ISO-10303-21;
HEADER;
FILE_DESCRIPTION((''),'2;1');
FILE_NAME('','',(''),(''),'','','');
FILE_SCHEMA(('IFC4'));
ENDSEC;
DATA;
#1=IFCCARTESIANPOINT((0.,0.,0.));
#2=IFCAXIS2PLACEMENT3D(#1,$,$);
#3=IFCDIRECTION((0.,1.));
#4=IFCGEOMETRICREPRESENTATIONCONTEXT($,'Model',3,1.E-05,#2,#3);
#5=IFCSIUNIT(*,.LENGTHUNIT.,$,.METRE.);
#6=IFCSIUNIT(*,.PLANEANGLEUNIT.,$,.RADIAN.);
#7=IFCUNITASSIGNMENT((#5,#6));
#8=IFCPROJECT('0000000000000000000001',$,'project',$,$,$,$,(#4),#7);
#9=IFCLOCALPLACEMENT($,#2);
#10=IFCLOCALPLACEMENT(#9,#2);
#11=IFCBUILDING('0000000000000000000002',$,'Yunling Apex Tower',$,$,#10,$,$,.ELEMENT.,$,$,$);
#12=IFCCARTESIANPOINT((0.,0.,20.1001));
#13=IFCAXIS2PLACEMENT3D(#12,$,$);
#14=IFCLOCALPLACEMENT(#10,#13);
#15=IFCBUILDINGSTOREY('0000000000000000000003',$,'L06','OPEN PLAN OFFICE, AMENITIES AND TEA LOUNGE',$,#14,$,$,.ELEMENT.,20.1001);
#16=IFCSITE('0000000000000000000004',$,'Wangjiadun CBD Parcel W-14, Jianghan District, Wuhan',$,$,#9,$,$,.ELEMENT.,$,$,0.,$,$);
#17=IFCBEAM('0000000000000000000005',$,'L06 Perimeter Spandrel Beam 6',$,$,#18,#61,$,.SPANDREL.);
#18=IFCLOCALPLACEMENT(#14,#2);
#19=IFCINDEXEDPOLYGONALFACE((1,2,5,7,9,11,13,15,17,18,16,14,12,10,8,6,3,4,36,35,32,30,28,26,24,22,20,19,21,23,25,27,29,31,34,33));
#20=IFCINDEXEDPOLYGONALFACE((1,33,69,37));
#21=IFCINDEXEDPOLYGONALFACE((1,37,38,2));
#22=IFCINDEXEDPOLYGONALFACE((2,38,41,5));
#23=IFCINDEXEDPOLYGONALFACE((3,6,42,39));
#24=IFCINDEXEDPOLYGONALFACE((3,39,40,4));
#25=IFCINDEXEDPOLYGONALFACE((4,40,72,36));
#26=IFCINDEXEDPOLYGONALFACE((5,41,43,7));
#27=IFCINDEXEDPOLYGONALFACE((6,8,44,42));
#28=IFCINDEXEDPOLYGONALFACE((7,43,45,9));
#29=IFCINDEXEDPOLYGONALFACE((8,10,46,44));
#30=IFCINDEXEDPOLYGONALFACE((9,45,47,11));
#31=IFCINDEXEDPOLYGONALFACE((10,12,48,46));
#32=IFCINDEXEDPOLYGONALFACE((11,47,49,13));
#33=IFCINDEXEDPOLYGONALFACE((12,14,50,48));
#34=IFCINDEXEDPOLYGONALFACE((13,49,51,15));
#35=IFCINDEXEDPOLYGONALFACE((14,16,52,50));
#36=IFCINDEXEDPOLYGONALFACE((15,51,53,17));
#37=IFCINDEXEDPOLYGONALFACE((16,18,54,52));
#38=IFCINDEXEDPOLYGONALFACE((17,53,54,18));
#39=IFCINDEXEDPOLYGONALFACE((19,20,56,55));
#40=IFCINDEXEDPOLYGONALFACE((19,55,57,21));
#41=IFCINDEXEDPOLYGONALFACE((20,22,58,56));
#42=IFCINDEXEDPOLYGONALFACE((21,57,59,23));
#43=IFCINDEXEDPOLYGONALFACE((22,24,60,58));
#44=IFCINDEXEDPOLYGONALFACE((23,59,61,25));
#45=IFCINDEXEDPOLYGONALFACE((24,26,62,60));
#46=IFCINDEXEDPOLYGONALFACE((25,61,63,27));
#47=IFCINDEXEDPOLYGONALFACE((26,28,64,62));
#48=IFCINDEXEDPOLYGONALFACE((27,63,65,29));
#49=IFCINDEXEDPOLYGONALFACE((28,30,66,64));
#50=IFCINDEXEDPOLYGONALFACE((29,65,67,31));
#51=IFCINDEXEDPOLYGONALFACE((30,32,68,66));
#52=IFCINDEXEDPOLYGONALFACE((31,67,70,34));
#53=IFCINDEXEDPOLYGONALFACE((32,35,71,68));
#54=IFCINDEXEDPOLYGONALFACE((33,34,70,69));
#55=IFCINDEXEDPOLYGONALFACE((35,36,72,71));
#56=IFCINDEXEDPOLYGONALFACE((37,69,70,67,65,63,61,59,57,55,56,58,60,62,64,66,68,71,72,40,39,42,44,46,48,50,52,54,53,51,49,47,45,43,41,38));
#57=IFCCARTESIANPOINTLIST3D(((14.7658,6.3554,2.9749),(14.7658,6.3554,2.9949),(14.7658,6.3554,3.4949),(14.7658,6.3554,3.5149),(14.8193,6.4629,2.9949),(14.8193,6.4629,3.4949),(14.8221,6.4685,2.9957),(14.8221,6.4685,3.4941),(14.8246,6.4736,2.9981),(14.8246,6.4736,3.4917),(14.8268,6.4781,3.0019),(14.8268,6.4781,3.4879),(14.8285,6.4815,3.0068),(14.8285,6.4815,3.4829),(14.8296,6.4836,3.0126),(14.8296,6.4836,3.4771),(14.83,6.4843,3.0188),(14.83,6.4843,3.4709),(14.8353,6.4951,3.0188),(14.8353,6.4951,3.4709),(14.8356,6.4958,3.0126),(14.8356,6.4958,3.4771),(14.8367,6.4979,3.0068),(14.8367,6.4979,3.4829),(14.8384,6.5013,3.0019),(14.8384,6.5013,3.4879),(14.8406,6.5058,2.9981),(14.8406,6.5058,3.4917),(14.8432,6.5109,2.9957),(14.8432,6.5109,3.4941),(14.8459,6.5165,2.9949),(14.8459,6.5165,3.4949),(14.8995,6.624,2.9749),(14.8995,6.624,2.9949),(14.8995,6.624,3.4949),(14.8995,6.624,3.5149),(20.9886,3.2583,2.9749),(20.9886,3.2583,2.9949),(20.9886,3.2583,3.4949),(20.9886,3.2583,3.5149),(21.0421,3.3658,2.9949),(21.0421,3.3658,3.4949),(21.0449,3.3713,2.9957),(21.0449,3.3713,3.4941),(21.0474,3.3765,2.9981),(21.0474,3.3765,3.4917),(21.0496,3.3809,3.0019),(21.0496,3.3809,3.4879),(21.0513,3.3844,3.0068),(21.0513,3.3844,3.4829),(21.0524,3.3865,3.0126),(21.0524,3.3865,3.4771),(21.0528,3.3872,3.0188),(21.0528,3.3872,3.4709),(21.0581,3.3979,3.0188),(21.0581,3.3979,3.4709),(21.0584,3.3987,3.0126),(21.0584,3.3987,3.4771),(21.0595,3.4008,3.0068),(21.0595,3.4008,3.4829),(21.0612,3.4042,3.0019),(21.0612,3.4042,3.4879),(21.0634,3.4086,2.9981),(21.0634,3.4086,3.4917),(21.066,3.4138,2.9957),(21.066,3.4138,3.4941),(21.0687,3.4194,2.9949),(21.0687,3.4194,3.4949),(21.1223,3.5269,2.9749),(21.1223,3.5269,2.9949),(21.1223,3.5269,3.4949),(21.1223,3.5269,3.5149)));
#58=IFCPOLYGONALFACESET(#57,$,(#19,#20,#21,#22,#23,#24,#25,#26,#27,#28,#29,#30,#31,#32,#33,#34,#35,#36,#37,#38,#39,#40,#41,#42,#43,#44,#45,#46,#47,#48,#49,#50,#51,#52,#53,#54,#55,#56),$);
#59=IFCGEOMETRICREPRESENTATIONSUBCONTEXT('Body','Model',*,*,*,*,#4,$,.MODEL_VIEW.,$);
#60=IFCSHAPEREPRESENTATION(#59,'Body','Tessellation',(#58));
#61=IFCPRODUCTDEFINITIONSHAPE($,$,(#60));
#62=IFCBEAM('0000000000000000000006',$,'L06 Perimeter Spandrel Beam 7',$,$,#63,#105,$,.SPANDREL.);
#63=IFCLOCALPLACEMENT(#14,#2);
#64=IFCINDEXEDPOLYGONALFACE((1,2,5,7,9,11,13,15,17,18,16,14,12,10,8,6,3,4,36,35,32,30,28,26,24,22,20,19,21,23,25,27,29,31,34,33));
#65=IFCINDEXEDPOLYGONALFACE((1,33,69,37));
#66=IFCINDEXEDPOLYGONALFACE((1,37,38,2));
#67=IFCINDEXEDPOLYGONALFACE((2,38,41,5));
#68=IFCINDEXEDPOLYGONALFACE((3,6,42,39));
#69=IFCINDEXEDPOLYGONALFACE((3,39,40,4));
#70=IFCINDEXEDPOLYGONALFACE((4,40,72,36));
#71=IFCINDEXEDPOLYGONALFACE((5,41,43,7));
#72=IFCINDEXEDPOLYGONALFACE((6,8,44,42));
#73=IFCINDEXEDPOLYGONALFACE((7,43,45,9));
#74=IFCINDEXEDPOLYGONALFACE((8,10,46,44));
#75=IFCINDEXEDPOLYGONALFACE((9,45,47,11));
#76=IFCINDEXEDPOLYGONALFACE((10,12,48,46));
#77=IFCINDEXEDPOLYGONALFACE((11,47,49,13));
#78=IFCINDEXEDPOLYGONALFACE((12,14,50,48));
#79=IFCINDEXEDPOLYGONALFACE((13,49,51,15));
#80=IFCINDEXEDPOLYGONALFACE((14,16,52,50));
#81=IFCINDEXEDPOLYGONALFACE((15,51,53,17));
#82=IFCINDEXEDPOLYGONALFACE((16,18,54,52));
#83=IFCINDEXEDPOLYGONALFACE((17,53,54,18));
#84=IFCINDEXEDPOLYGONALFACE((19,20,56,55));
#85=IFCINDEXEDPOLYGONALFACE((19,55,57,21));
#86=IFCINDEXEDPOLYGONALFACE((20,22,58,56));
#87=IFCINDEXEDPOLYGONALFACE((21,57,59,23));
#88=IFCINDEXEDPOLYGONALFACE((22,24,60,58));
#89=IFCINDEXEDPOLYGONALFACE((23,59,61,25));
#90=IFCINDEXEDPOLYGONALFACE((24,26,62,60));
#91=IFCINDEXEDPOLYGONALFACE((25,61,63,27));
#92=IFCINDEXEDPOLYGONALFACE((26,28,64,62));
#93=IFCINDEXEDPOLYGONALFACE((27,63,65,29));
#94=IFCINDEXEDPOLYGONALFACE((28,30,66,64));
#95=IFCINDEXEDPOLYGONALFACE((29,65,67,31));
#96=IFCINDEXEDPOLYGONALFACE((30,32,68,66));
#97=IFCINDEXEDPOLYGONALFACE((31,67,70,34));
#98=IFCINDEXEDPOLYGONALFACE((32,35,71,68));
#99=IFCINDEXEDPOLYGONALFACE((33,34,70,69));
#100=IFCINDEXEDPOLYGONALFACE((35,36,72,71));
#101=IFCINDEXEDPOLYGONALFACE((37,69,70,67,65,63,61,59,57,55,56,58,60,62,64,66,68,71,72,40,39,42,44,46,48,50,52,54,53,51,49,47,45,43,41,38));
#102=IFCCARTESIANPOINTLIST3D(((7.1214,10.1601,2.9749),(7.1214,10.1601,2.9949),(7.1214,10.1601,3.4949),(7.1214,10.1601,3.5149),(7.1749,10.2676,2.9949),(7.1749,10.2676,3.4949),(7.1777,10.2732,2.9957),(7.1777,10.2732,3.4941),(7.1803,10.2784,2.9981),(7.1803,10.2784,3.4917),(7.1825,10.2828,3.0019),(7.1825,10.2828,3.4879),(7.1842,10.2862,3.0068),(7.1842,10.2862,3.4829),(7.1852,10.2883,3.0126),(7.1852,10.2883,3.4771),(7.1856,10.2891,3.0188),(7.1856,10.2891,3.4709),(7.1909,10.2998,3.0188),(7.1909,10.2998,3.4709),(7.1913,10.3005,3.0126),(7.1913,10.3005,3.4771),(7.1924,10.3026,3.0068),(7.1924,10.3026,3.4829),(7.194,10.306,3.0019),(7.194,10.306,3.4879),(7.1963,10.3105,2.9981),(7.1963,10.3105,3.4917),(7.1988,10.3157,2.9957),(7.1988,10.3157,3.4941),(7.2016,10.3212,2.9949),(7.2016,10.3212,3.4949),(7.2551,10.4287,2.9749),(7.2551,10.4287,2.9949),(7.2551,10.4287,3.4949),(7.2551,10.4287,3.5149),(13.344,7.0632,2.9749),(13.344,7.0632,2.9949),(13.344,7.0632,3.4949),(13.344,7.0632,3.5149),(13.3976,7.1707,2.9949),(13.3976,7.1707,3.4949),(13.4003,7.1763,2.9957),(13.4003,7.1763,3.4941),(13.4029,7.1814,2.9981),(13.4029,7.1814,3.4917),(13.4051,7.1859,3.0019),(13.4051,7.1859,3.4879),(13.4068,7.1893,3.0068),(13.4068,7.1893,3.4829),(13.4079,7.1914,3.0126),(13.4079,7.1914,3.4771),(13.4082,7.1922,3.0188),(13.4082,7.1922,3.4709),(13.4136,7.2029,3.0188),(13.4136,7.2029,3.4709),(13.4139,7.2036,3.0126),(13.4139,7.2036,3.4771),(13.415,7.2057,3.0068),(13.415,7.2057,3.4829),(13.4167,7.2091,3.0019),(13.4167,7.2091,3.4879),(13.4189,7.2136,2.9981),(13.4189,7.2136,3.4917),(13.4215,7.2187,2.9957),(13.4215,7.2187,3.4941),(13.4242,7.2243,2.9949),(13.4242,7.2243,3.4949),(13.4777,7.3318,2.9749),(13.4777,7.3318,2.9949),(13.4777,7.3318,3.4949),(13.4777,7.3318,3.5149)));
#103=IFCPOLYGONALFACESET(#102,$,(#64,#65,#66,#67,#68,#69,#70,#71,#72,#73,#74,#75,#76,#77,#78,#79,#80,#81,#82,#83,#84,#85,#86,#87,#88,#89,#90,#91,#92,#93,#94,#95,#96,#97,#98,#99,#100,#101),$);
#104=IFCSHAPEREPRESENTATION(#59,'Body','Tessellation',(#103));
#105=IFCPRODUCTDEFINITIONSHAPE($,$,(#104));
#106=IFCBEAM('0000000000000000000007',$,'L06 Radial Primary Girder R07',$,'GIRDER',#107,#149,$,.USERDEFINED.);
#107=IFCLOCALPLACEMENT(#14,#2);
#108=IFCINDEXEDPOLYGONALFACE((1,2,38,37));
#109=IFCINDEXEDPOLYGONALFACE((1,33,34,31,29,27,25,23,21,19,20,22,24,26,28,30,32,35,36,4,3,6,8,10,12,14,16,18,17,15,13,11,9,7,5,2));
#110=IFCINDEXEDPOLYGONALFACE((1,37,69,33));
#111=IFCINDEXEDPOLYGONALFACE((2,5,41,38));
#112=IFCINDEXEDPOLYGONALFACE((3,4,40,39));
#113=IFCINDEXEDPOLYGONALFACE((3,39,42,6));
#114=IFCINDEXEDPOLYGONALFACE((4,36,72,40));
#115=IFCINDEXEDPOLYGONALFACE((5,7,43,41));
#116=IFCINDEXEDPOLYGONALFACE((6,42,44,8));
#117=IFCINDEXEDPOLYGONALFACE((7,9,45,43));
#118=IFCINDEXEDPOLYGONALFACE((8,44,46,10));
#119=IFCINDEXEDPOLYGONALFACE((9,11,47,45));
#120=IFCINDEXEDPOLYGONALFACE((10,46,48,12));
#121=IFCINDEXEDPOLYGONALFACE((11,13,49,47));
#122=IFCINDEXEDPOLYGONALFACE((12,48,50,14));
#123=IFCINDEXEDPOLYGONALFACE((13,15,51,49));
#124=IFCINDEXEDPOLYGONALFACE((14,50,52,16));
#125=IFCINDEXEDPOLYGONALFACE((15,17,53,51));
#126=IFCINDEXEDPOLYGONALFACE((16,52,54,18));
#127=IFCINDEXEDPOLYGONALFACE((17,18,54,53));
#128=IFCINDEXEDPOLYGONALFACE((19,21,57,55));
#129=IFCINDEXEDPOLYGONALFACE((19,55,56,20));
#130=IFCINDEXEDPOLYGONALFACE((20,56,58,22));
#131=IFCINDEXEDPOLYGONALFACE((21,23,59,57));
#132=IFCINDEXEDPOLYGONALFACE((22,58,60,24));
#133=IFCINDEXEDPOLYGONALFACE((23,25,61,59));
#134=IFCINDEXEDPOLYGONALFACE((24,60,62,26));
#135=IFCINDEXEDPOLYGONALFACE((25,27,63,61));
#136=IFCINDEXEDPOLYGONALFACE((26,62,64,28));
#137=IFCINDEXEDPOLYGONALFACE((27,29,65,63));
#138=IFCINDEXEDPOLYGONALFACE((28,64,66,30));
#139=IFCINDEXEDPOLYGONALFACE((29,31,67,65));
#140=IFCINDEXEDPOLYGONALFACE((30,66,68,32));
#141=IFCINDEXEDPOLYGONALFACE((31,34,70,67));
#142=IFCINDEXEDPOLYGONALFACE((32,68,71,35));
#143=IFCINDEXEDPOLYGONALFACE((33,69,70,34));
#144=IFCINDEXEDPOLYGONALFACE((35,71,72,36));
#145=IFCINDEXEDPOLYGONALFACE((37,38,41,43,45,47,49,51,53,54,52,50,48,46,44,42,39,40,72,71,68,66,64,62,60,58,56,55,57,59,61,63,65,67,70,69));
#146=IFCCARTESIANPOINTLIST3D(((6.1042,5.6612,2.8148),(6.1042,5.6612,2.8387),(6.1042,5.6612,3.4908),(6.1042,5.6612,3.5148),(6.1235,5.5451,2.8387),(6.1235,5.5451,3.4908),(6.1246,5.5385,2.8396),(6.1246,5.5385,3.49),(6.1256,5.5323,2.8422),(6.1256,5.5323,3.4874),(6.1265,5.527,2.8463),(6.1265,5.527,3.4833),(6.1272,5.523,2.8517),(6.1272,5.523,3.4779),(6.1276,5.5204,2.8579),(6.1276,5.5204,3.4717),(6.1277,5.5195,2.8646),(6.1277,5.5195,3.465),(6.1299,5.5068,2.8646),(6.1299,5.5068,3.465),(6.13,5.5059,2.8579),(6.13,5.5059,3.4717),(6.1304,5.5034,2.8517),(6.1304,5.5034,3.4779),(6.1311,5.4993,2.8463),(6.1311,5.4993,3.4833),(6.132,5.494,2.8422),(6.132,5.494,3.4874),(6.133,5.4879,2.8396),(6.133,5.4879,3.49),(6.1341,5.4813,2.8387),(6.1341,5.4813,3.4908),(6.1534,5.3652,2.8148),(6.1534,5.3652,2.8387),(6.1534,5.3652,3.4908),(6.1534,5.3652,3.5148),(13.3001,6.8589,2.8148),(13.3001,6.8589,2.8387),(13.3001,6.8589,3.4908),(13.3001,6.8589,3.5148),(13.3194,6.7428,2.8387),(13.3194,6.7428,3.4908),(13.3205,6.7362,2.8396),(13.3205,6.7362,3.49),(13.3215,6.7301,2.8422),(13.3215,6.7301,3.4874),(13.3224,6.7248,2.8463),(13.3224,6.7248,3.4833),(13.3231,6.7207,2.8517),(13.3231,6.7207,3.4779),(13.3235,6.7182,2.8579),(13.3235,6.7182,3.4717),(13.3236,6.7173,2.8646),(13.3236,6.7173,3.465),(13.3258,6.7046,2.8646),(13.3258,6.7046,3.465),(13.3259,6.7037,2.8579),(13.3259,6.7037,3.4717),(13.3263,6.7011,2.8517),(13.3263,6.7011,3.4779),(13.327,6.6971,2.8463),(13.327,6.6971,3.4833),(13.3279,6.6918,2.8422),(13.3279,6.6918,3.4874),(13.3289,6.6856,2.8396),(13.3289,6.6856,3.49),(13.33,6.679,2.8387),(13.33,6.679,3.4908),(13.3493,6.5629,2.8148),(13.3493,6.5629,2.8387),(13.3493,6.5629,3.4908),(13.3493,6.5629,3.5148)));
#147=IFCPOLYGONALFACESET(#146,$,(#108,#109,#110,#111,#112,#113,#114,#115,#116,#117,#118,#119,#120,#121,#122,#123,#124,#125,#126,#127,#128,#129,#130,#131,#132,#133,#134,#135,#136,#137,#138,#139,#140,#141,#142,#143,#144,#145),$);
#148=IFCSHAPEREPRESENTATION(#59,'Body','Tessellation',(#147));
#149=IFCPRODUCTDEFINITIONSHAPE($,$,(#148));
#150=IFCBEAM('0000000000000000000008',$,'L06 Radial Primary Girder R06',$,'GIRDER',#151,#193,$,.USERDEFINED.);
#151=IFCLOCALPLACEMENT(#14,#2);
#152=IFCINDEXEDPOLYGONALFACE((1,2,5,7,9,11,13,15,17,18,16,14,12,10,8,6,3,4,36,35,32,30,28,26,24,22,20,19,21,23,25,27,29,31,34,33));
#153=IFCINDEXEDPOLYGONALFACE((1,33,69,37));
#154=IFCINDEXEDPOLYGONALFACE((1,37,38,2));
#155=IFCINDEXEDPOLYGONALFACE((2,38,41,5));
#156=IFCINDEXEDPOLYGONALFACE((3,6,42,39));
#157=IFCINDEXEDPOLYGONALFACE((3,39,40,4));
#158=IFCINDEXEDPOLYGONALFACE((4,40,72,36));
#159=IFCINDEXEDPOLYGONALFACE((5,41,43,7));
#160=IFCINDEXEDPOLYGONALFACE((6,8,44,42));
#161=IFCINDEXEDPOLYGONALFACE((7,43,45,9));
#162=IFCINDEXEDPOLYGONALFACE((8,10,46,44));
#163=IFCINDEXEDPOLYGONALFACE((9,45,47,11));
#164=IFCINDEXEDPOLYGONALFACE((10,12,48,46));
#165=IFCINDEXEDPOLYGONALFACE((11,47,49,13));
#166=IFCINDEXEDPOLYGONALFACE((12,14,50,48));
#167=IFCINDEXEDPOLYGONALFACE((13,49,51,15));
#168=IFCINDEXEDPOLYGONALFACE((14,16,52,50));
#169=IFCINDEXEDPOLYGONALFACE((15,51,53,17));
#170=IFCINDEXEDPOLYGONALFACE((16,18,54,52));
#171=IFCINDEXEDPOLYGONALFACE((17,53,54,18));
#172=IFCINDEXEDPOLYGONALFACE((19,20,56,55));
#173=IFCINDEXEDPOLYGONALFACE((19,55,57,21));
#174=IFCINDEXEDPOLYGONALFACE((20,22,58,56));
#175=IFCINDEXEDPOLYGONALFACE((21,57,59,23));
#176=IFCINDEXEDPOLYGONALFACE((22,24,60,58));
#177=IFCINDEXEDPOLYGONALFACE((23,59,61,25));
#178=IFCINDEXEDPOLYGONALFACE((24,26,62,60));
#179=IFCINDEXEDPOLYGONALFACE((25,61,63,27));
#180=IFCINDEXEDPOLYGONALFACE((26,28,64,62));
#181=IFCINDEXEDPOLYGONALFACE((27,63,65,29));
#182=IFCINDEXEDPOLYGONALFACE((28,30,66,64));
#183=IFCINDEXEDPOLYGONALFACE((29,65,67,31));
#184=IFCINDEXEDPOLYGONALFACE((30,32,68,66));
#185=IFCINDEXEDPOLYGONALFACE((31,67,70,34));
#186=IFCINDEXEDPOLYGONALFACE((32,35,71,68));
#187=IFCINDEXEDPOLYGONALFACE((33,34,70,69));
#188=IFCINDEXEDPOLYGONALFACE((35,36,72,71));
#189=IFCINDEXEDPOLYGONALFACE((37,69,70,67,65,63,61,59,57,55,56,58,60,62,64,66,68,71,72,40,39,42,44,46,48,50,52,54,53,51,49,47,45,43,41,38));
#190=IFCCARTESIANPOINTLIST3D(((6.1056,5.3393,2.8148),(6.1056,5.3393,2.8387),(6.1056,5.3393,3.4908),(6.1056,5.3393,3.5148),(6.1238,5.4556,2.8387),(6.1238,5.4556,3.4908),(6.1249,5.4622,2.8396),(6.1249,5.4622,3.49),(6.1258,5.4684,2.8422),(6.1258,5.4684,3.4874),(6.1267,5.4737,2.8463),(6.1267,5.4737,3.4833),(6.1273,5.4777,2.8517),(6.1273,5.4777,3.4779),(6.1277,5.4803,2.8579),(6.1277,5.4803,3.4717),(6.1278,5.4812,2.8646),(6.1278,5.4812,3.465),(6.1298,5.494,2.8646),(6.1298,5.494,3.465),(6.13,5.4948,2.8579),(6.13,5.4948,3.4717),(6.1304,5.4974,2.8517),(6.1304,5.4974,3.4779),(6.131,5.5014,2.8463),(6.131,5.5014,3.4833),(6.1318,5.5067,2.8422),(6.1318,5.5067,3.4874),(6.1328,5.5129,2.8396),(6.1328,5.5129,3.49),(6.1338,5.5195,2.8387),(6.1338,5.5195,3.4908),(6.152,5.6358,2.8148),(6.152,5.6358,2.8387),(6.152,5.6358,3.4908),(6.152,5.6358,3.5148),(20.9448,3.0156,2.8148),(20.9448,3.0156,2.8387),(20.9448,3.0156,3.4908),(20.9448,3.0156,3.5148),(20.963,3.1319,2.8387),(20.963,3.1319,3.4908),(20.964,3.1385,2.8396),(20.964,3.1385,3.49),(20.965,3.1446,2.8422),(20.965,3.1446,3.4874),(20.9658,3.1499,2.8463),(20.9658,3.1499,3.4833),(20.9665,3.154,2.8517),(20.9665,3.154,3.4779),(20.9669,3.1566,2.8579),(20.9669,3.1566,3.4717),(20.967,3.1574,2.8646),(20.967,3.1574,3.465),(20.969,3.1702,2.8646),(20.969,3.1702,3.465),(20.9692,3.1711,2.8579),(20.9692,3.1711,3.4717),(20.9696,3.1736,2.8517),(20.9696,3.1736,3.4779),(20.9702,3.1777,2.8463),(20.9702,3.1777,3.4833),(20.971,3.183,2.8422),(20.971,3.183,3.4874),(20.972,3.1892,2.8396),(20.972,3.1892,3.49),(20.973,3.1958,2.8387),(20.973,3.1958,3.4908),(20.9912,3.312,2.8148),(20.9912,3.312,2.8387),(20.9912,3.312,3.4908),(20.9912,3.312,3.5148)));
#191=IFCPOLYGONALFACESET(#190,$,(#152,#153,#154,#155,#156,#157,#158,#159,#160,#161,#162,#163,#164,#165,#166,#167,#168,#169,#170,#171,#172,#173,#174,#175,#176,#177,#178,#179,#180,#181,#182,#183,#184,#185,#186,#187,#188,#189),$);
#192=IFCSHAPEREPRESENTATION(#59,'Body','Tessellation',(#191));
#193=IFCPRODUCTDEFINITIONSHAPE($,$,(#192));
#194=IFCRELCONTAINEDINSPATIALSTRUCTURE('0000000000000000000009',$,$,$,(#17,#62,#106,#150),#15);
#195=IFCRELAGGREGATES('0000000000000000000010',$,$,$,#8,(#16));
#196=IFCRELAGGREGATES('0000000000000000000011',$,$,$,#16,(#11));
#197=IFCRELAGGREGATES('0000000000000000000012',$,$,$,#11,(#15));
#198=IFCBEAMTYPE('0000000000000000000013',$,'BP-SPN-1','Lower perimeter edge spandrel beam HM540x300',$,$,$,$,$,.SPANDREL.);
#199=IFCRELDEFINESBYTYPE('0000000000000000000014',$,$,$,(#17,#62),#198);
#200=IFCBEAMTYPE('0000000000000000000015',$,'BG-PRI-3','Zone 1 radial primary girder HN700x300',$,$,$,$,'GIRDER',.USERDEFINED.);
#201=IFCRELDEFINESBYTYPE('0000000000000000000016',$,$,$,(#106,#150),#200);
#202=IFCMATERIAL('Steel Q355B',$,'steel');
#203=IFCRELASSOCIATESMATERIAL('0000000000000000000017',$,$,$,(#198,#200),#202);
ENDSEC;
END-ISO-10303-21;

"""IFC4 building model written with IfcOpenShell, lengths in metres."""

from ifc_helpers import new_model, si_unit, direction, frame, origin, origin_2d, place, context, subcontext, project, spatial, i_section, extrude, source, transform, mapped, material, material_profile, profile_set, type_object, element, save


model = new_model("IFC4")

# Units and contexts
model_context = context("Model", 3, precision=1e-05, world=origin(), true_north=direction((0.0, 1.0)))
body_context = subcontext(model_context, "Body", "Model", "MODEL_VIEW")
ifc_project = project(units=[si_unit("LENGTHUNIT", "METRE"), si_unit("PLANEANGLEUNIT", "RADIAN")], contexts=[model_context])

# Site, building, storey
site_placement = place(None, origin())
site = spatial("IfcSite", under=ifc_project, at=site_placement, Name="Wangjiadun CBD Parcel W-14, Jianghan District, Wuhan", CompositionType="ELEMENT", RefElevation=0.0)
building_placement = place(site_placement, origin())
building = spatial("IfcBuilding", under=site, at=building_placement, Name="Yunling Apex Tower", CompositionType="ELEMENT")
storey_placement = place(building_placement, frame((0.0, 0.0, 20.1001)))
storey = spatial("IfcBuildingStorey", under=building, at=storey_placement, Name="L06", Description="OPEN PLAN OFFICE, AMENITIES AND TEA LOUNGE", CompositionType="ELEMENT", Elevation=20.1001)

# Beams
ifc_material_1 = material(Name="Steel Q355B", Category="steel")
ifc_material_profile_1 = material_profile(ifc_material_1, i_section(OverallWidth=0.3, OverallDepth=0.54, WebThickness=0.012, FlangeThickness=0.02, FilletRadius=0.0239, at=origin_2d()))
ifc_profile_set_1 = profile_set([ifc_material_profile_1], Name="Steel Q355B")
beam_type_1 = type_object("IfcBeamType", Name="BP-SPN-1", Description="Lower perimeter edge spandrel beam HM540x300", PredefinedType="SPANDREL", material=ifc_profile_set_1)
shared_shape_1 = source(origin(), body_context, "Body", "SweptSolid", [
    extrude(i_section(OverallWidth=0.3, OverallDepth=0.54, WebThickness=0.012, FlangeThickness=0.02, FilletRadius=0.0239, at=origin_2d()), origin(), (0.0, 0.0, 1.0), 6.9509),
])
beam_1_placement = place(storey_placement, frame((21.0554, 3.3926, 3.2449), z_axis=(-0.895248, 0.445569, 0.0), x_axis=(-0.445569, -0.895248, 0.0)))
element("IfcBeam", 1, at=beam_1_placement, inside=storey, type_object=beam_type_1, Name="L06 Perimeter Spandrel Beam 6", PredefinedType="SPANDREL", context=body_context, shape_type="MappedRepresentation", body=[
    mapped(shared_shape_1, transform((0.0, 0.0, 0.0), scale=1.0)),
])
shared_shape_2 = source(origin(), body_context, "Body", "SweptSolid", [
    extrude(i_section(OverallWidth=0.3, OverallDepth=0.54, WebThickness=0.012, FlangeThickness=0.02, FilletRadius=0.0239, at=origin_2d()), origin(), (0.0, 0.0, 1.0), 6.9507),
])
beam_2_placement = place(storey_placement, frame((13.4109, 7.1975, 3.2449), z_axis=(-0.895255, 0.445555, 0.0), x_axis=(-0.445555, -0.895255, 0.0)))
element("IfcBeam", 2, at=beam_2_placement, inside=storey, type_object=beam_type_1, Name="L06 Perimeter Spandrel Beam 7", PredefinedType="SPANDREL", context=body_context, shape_type="MappedRepresentation", body=[
    mapped(shared_shape_2, transform((0.0, 0.0, 0.0), scale=1.0)),
])
ifc_material_profile_2 = material_profile(ifc_material_1, i_section(OverallWidth=0.3, OverallDepth=0.7, WebThickness=0.0129, FlangeThickness=0.0239, FilletRadius=0.0259, at=origin_2d()))
ifc_profile_set_2 = profile_set([ifc_material_profile_2], Name="Steel Q355B")
beam_type_2 = type_object("IfcBeamType", Name="BG-PRI-3", Description="Zone 1 radial primary girder HN700x300", ElementType="GIRDER", PredefinedType="USERDEFINED", material=ifc_profile_set_2)
shared_shape_3 = source(origin(), body_context, "Body", "SweptSolid", [
    extrude(i_section(OverallWidth=0.3, OverallDepth=0.7, WebThickness=0.0129, FlangeThickness=0.0239, FilletRadius=0.0259, at=origin_2d()), origin(), (0.0, 0.0, 1.0), 7.2949),
])
beam_3_placement = place(storey_placement, frame((13.3247, 6.7109, 3.1648), z_axis=(-0.986428, -0.164193, 0.0), x_axis=(0.164193, -0.986428, 0.0)))
element("IfcBeam", 3, at=beam_3_placement, inside=storey, type_object=beam_type_2, Name="L06 Radial Primary Girder R07", ObjectType="GIRDER", PredefinedType="USERDEFINED", context=body_context, shape_type="MappedRepresentation", body=[
    mapped(shared_shape_3, transform((0.0, 0.0, 0.0), scale=1.0)),
])
shared_shape_4 = source(origin(), body_context, "Body", "SweptSolid", [
    extrude(i_section(OverallWidth=0.3, OverallDepth=0.7, WebThickness=0.0129, FlangeThickness=0.0239, FilletRadius=0.0259, at=origin_2d()), origin(), (0.0, 0.0, 1.0), 15.02),
])
beam_4_placement = place(storey_placement, frame((20.968, 3.1638, 3.1648), z_axis=(-0.98796, 0.15471, 0.0), x_axis=(-0.15471, -0.98796, 0.0)))
element("IfcBeam", 4, at=beam_4_placement, inside=storey, type_object=beam_type_2, Name="L06 Radial Primary Girder R06", ObjectType="GIRDER", PredefinedType="USERDEFINED", context=body_context, shape_type="MappedRepresentation", body=[
    mapped(shared_shape_4, transform((0.0, 0.0, 0.0), scale=1.0)),
])

save(model, "model.ifc")
